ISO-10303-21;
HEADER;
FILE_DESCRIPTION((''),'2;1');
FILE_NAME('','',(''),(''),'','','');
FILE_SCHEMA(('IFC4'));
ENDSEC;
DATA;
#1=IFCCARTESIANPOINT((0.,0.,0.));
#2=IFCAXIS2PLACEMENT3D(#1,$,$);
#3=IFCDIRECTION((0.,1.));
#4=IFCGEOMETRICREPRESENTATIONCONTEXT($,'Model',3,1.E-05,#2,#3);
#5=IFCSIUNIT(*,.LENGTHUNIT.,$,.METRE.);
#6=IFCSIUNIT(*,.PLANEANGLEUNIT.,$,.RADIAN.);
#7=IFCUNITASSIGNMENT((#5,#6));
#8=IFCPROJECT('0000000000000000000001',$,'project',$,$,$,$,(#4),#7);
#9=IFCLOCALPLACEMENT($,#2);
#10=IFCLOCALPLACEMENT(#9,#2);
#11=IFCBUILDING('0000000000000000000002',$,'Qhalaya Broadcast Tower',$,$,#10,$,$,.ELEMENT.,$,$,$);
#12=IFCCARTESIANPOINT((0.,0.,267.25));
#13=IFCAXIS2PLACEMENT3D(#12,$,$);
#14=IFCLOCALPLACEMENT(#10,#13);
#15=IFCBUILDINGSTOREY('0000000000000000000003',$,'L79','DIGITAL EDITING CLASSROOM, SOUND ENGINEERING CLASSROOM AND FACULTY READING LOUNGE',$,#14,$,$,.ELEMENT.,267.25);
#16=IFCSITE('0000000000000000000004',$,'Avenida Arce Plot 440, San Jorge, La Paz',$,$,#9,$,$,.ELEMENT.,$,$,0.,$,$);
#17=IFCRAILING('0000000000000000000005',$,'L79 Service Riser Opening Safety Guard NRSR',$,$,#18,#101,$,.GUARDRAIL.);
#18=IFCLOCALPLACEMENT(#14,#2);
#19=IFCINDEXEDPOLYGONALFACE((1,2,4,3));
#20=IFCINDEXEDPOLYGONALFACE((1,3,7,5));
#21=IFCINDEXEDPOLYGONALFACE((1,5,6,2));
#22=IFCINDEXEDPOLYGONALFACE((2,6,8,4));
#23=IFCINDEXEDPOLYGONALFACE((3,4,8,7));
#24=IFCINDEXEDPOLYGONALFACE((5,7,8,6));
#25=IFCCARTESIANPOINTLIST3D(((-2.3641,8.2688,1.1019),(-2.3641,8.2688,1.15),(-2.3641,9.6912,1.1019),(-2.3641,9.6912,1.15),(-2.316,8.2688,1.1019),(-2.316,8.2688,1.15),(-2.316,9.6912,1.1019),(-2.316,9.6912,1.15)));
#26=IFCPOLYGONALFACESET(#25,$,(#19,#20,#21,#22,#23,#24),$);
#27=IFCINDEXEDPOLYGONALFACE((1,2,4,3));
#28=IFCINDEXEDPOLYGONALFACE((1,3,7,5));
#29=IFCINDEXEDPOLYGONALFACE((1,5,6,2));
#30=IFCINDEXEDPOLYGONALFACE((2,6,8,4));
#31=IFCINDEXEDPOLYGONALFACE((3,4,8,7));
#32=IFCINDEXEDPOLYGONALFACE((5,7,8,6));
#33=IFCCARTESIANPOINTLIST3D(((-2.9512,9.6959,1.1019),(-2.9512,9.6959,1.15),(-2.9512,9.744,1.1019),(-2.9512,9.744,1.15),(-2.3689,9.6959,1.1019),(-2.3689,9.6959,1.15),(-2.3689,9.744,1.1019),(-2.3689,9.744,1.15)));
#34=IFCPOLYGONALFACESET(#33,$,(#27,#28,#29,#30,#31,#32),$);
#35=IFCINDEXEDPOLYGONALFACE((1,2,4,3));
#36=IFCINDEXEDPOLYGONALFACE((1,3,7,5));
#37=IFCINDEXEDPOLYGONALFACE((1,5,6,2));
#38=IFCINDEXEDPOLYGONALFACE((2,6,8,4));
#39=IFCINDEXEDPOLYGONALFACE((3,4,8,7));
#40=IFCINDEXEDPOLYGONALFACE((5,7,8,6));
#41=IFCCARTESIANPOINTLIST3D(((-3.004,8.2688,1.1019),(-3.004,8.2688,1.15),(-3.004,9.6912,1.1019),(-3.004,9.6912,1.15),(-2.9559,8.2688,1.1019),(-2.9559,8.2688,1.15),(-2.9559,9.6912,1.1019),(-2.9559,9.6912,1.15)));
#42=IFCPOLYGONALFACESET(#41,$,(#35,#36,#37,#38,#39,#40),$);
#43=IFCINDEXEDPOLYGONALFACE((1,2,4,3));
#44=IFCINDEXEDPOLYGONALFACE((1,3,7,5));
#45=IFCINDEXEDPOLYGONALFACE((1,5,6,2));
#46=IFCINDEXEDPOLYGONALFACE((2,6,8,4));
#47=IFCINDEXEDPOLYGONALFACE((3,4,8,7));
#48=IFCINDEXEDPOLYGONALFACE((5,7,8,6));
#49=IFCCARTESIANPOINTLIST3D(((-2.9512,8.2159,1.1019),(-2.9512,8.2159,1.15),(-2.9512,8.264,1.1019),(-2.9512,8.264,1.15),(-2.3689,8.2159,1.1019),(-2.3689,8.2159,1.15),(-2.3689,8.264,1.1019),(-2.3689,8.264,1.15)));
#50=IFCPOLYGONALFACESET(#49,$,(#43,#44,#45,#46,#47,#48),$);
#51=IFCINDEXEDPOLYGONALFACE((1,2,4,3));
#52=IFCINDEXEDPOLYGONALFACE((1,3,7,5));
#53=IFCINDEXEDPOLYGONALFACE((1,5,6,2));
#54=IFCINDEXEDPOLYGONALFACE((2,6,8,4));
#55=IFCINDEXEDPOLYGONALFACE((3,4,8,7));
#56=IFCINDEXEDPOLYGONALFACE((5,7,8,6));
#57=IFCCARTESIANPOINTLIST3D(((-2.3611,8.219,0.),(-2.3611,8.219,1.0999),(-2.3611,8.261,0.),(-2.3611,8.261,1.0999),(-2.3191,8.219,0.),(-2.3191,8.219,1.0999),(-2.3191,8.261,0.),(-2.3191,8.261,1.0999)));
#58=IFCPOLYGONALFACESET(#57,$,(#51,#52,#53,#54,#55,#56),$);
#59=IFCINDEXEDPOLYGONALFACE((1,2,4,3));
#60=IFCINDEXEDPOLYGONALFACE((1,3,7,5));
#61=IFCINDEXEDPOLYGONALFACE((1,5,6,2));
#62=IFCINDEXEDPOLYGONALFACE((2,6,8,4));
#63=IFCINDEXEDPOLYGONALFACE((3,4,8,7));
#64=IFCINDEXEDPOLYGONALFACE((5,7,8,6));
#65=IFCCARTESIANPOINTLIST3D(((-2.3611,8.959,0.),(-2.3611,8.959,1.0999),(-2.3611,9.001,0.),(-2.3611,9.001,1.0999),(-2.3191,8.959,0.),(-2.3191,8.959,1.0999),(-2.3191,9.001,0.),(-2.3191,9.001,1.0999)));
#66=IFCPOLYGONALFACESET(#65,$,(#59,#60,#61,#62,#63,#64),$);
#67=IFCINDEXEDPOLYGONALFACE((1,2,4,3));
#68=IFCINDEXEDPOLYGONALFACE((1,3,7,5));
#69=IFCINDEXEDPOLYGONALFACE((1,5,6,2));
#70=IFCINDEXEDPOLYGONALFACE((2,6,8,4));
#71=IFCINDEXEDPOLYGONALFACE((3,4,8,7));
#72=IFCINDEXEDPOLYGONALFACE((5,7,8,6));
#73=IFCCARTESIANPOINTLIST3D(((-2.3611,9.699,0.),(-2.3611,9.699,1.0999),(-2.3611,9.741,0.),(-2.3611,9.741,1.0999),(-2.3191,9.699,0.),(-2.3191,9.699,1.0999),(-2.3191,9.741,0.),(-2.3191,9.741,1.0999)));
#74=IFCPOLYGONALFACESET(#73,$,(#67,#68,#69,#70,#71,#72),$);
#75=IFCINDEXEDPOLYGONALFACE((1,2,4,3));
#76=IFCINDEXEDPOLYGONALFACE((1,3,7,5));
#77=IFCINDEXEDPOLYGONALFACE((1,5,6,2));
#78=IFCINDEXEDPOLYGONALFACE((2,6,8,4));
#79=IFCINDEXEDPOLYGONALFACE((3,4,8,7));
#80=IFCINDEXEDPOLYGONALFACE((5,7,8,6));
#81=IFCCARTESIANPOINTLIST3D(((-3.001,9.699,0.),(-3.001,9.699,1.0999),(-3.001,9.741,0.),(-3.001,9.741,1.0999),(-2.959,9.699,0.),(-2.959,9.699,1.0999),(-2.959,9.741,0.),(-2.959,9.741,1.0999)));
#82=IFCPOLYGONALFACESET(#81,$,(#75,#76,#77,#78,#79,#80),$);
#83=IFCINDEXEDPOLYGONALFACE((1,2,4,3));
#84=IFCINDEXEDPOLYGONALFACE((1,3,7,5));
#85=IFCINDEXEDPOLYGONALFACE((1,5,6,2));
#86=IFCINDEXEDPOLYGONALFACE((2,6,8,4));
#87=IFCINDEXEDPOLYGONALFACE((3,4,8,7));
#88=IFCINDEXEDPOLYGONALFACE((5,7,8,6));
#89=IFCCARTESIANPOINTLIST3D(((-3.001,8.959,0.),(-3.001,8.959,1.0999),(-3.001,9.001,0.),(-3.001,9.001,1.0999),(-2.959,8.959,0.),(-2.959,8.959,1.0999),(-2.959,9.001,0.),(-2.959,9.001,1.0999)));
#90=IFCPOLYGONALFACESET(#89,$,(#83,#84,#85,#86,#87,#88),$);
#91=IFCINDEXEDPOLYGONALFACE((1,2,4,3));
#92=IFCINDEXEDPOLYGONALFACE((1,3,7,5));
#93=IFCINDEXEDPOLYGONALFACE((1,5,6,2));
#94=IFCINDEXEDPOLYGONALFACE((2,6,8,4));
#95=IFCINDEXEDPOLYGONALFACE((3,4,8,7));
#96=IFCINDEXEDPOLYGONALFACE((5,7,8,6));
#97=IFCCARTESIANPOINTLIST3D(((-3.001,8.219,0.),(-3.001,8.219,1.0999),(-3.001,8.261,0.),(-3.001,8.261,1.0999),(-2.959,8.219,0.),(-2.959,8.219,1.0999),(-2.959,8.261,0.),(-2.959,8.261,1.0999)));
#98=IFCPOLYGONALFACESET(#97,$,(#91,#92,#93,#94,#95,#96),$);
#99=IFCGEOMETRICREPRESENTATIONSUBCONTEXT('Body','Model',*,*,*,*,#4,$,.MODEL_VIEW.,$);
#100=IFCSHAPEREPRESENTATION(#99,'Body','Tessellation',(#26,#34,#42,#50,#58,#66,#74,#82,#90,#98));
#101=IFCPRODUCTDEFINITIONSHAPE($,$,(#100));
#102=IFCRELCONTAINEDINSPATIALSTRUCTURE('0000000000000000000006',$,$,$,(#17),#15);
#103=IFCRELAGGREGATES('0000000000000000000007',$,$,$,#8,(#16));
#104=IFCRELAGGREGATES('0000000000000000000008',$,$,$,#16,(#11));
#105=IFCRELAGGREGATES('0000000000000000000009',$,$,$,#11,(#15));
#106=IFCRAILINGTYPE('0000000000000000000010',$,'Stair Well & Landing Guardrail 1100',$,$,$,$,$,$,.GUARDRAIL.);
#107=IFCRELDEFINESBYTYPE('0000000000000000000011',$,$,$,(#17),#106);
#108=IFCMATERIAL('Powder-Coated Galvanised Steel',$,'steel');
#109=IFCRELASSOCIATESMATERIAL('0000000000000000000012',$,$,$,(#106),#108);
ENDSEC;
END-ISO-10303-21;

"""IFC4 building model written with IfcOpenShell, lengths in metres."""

from ifc_helpers import new_model, si_unit, direction, frame, origin, origin_2d, place, context, subcontext, project, spatial, rectangle, extrude, material, type_object, element, save


model = new_model("IFC4")

# Units and contexts
model_context = context("Model", 3, precision=1e-05, world=origin(), true_north=direction((0.0, 1.0)))
body_context = subcontext(model_context, "Body", "Model", "MODEL_VIEW")
ifc_project = project(units=[si_unit("LENGTHUNIT", "METRE"), si_unit("PLANEANGLEUNIT", "RADIAN")], contexts=[model_context])

# Site, building, storey
site_placement = place(None, origin())
site = spatial("IfcSite", under=ifc_project, at=site_placement, Name="Avenida Arce Plot 440, San Jorge, La Paz", CompositionType="ELEMENT", RefElevation=0.0)
building_placement = place(site_placement, origin())
building = spatial("IfcBuilding", under=site, at=building_placement, Name="Qhalaya Broadcast Tower", CompositionType="ELEMENT")
storey_placement = place(building_placement, frame((0.0, 0.0, 267.25)))
storey = spatial("IfcBuildingStorey", under=building, at=storey_placement, Name="L79", Description="DIGITAL EDITING CLASSROOM, SOUND ENGINEERING CLASSROOM AND FACULTY READING LOUNGE", CompositionType="ELEMENT", Elevation=267.25)

# Railing
ifc_material_1 = material(Name="Powder-Coated Galvanised Steel", Category="steel")
railing_type = type_object("IfcRailingType", Name="Stair Well & Landing Guardrail 1100", PredefinedType="GUARDRAIL", material=ifc_material_1)
railing_placement = place(storey_placement, frame((-2.3401, 8.24, 0.0)))
element("IfcRailing", 1, at=railing_placement, inside=storey, type_object=railing_type, Name="L79 Service Riser Opening Safety Guard NRSR", PredefinedType="GUARDRAIL", context=body_context, shape_type="SweptSolid", body=[
    extrude(rectangle(XDim=0.0481, YDim=0.0481, at=origin_2d()), frame((0.0, 0.0288, 1.126), z_axis=(0.0, 1.0, 0.0), x_axis=(-1.0, 0.0, 0.0)), (0.0, 0.0, 1.0), 1.4224),
    extrude(rectangle(XDim=0.0481, YDim=0.0481, at=origin_2d()), frame((-0.0288, 1.48, 1.126), z_axis=(-1.0, 0.0, 0.0), x_axis=(0.0, -1.0, 0.0)), (0.0, 0.0, 1.0), 0.5823),
    extrude(rectangle(XDim=0.0481, YDim=0.0481, at=origin_2d()), frame((-0.6399, 1.4512, 1.126), z_axis=(0.0, -1.0, 0.0), x_axis=(1.0, 0.0, 0.0)), (0.0, 0.0, 1.0), 1.4224),
    extrude(rectangle(XDim=0.0481, YDim=0.0481, at=origin_2d()), frame((-0.6111, 0.0, 1.126), z_axis=(1.0, 0.0, 0.0), x_axis=(0.0, 1.0, 0.0)), (0.0, 0.0, 1.0), 0.5823),
    extrude(rectangle(XDim=0.042, YDim=0.042, at=origin_2d()), origin(), (0.0, 0.0, 1.0), 1.0999),
    extrude(rectangle(XDim=0.042, YDim=0.042, at=origin_2d()), frame((0.0, 0.74, 0.0)), (0.0, 0.0, 1.0), 1.0999),
    extrude(rectangle(XDim=0.042, YDim=0.042, at=origin_2d()), frame((0.0, 1.48, 0.0)), (0.0, 0.0, 1.0), 1.0999),
    extrude(rectangle(XDim=0.042, YDim=0.042, at=origin_2d()), frame((-0.6399, 1.48, 0.0)), (0.0, 0.0, 1.0), 1.0999),
    extrude(rectangle(XDim=0.042, YDim=0.042, at=origin_2d()), frame((-0.6399, 0.74, 0.0)), (0.0, 0.0, 1.0), 1.0999),
    extrude(rectangle(XDim=0.042, YDim=0.042, at=origin_2d()), frame((-0.6399, 0.0, 0.0)), (0.0, 0.0, 1.0), 1.0999),
])

save(model, "model.ifc")
